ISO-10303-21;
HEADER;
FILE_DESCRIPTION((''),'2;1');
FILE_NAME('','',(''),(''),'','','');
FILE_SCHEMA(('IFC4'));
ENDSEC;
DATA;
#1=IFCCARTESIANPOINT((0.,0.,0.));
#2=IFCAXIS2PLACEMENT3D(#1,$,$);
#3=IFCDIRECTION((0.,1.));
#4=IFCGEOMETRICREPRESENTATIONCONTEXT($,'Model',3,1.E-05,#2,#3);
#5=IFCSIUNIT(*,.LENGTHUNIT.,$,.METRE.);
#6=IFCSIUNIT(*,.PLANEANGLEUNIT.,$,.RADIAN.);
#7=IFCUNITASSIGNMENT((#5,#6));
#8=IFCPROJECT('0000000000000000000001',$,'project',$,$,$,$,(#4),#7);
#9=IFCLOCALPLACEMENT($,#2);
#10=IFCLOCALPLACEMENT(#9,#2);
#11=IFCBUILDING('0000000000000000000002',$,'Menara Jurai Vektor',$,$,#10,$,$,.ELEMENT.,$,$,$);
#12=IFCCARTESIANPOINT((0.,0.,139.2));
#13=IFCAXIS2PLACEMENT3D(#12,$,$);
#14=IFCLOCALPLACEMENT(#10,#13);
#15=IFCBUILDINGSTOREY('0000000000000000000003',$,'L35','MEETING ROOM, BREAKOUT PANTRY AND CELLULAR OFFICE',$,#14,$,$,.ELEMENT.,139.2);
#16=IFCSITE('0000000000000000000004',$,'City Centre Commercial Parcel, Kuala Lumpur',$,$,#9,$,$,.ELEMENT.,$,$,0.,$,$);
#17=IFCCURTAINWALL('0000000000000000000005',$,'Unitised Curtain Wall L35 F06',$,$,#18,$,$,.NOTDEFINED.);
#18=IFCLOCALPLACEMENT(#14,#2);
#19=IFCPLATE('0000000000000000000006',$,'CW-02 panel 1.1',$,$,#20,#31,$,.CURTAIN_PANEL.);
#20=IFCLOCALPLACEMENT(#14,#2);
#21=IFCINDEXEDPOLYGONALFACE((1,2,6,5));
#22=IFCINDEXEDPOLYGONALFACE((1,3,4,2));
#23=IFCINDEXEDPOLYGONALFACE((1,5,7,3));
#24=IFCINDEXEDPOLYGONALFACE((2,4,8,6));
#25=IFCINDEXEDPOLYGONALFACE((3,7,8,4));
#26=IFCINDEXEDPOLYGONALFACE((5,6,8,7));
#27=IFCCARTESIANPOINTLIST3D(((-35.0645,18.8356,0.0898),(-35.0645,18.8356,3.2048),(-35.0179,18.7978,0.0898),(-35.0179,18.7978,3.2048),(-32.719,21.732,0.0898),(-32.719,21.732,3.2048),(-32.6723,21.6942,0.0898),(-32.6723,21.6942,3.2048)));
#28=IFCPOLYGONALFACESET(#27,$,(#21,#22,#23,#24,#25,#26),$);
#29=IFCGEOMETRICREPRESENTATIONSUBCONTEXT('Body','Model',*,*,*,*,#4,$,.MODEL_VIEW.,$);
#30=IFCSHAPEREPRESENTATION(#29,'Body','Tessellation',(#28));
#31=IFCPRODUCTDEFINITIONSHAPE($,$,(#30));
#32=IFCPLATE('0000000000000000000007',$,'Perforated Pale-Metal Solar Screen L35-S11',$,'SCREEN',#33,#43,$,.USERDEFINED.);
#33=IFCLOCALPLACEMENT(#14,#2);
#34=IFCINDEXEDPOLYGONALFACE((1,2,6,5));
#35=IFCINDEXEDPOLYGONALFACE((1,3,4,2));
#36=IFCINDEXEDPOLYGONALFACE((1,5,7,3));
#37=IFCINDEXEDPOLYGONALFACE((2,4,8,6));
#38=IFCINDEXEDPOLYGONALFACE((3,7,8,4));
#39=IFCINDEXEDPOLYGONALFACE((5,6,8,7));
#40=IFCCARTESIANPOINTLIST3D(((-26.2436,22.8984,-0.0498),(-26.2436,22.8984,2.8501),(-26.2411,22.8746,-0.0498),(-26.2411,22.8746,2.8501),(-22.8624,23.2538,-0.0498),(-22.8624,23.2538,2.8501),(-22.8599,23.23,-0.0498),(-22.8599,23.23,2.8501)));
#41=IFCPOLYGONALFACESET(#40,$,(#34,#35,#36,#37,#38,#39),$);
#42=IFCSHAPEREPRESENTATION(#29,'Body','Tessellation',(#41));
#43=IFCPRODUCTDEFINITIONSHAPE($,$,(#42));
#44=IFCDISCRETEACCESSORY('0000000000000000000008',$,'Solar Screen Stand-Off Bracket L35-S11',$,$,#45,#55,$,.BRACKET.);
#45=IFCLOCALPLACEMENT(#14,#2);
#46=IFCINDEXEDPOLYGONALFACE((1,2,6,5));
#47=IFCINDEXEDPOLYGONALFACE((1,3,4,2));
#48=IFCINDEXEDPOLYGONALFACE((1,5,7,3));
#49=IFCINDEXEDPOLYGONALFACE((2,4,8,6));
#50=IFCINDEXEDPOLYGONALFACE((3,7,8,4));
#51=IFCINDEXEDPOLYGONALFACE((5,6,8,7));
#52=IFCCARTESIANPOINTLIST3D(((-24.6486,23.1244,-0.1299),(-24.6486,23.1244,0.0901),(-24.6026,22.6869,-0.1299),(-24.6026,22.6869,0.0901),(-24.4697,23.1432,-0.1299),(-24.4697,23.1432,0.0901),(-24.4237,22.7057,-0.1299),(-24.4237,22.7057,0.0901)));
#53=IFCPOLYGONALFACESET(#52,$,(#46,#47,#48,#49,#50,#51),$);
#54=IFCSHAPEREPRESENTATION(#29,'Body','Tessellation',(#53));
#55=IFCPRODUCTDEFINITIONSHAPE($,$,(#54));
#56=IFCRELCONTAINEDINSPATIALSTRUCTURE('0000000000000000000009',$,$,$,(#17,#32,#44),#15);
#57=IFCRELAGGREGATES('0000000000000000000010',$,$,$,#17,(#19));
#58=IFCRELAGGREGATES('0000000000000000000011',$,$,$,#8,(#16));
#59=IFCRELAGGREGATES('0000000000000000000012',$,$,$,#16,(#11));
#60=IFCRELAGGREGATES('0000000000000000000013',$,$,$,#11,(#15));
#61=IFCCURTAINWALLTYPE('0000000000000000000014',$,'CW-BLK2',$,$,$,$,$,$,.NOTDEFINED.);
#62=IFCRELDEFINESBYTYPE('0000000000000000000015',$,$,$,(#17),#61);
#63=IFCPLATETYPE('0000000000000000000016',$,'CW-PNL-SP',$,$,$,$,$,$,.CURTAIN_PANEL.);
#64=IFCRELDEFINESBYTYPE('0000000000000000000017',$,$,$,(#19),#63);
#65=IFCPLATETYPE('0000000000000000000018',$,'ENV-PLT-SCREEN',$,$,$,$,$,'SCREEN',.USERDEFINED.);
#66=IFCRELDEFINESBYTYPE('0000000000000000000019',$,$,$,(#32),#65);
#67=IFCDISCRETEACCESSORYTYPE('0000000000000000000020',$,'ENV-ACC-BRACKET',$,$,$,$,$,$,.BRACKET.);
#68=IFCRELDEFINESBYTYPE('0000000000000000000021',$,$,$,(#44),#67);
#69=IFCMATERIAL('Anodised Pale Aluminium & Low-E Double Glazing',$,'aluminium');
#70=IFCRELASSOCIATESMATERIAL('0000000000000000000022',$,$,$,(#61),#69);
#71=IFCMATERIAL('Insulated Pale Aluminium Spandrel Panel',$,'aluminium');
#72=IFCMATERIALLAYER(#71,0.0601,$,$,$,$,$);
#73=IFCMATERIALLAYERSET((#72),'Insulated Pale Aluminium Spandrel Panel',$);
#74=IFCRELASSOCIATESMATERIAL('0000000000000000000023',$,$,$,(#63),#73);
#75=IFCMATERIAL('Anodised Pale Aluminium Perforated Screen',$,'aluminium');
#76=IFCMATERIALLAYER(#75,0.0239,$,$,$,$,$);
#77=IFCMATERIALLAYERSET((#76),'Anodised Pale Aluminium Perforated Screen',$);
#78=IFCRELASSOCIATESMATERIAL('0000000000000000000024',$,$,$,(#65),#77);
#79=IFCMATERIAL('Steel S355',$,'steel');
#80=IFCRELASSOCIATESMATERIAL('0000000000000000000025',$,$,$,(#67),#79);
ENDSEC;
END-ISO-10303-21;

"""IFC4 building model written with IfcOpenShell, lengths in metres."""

from ifc_helpers import new_model, si_unit, direction, frame, origin, origin_2d, place, context, subcontext, project, spatial, rectangle, extrude, material, layer, layer_set, type_object, element, aggregate, save


model = new_model("IFC4")

# Units and contexts
model_context = context("Model", 3, precision=1e-05, world=origin(), true_north=direction((0.0, 1.0)))
body_context = subcontext(model_context, "Body", "Model", "MODEL_VIEW")
ifc_project = project(units=[si_unit("LENGTHUNIT", "METRE"), si_unit("PLANEANGLEUNIT", "RADIAN")], contexts=[model_context])

# Site, building, storey
site_placement = place(None, origin())
site = spatial("IfcSite", under=ifc_project, at=site_placement, Name="City Centre Commercial Parcel, Kuala Lumpur", CompositionType="ELEMENT", RefElevation=0.0)
building_placement = place(site_placement, origin())
building = spatial("IfcBuilding", under=site, at=building_placement, Name="Menara Jurai Vektor", CompositionType="ELEMENT")
storey_placement = place(building_placement, frame((0.0, 0.0, 139.2)))
storey = spatial("IfcBuildingStorey", under=building, at=storey_placement, Name="L35", Description="MEETING ROOM, BREAKOUT PANTRY AND CELLULAR OFFICE", CompositionType="ELEMENT", Elevation=139.2)

# Curtain wall
ifc_material_1 = material(Name="Anodised Pale Aluminium & Low-E Double Glazing", Category="aluminium")
curtain_wall_type = type_object("IfcCurtainWallType", Name="CW-BLK2", PredefinedType="NOTDEFINED", material=ifc_material_1)
curtain_wall_1_placement = place(storey_placement, origin())
curtain_wall_1 = element("IfcCurtainWall", 1, at=curtain_wall_1_placement, inside=storey, type_object=curtain_wall_type, Name="Unitised Curtain Wall L35 F06", PredefinedType="NOTDEFINED")

# Shared definitions
ifc_material_2 = material(Name="Steel S355", Category="steel")

# Plates
ifc_material_3 = material(Name="Insulated Pale Aluminium Spandrel Panel", Category="aluminium")
ifc_layer_1 = layer(ifc_material_3, 0.0601)
ifc_layer_set_1 = layer_set([ifc_layer_1], Name="Insulated Pale Aluminium Spandrel Panel")
plate_type_1 = type_object("IfcPlateType", Name="CW-PNL-SP", PredefinedType="CURTAIN_PANEL", material=ifc_layer_set_1)
plate_1_placement = place(storey_placement, frame((-33.8684, 20.2649, 0.0898), z_axis=(0.0, 0.0, 1.0), x_axis=(-0.629341, -0.777129, 0.0)))
plate_1 = element("IfcPlate", 2, at=plate_1_placement, type_object=plate_type_1, Name="CW-02 panel 1.1", PredefinedType="CURTAIN_PANEL", context=body_context, shape_type="SweptSolid", body=[
    extrude(rectangle(XDim=3.7271, YDim=0.0601, at=origin_2d()), origin(), (0.0, 0.0, 1.0), 3.115),
])
aggregate(curtain_wall_1, [plate_1])
ifc_material_4 = material(Name="Anodised Pale Aluminium Perforated Screen", Category="aluminium")
ifc_layer_2 = layer(ifc_material_4, 0.0239)
ifc_layer_set_2 = layer_set([ifc_layer_2], Name="Anodised Pale Aluminium Perforated Screen")
plate_type_2 = type_object("IfcPlateType", Name="ENV-PLT-SCREEN", ElementType="SCREEN", PredefinedType="USERDEFINED", material=ifc_layer_set_2)
plate_2_placement = place(storey_placement, frame((-24.5518, 23.0642, -0.0498), z_axis=(0.0, 0.0, 1.0), x_axis=(-0.994522, -0.104528, 0.0)))
element("IfcPlate", 3, at=plate_2_placement, inside=storey, type_object=plate_type_2, Name="Perforated Pale-Metal Solar Screen L35-S11", ObjectType="SCREEN", PredefinedType="USERDEFINED", context=body_context, shape_type="SweptSolid", body=[
    extrude(rectangle(XDim=3.3999, YDim=0.0239, at=origin_2d()), origin(), (0.0, 0.0, 1.0), 2.8999),
])

# Discrete accessory
discrete_accessory_type = type_object("IfcDiscreteAccessoryType", Name="ENV-ACC-BRACKET", PredefinedType="BRACKET", material=ifc_material_2)
discrete_accessory_placement = place(storey_placement, frame((-24.5361, 22.915, -0.1299), z_axis=(0.0, 0.0, 1.0), x_axis=(-0.994522, -0.104528, 0.0)))
element("IfcDiscreteAccessory", 4, at=discrete_accessory_placement, inside=storey, type_object=discrete_accessory_type, Name="Solar Screen Stand-Off Bracket L35-S11", PredefinedType="BRACKET", context=body_context, shape_type="SweptSolid", body=[
    extrude(rectangle(XDim=0.1799, YDim=0.4399, at=origin_2d()), origin(), (0.0, 0.0, 1.0), 0.22),
])

save(model, "model.ifc")
